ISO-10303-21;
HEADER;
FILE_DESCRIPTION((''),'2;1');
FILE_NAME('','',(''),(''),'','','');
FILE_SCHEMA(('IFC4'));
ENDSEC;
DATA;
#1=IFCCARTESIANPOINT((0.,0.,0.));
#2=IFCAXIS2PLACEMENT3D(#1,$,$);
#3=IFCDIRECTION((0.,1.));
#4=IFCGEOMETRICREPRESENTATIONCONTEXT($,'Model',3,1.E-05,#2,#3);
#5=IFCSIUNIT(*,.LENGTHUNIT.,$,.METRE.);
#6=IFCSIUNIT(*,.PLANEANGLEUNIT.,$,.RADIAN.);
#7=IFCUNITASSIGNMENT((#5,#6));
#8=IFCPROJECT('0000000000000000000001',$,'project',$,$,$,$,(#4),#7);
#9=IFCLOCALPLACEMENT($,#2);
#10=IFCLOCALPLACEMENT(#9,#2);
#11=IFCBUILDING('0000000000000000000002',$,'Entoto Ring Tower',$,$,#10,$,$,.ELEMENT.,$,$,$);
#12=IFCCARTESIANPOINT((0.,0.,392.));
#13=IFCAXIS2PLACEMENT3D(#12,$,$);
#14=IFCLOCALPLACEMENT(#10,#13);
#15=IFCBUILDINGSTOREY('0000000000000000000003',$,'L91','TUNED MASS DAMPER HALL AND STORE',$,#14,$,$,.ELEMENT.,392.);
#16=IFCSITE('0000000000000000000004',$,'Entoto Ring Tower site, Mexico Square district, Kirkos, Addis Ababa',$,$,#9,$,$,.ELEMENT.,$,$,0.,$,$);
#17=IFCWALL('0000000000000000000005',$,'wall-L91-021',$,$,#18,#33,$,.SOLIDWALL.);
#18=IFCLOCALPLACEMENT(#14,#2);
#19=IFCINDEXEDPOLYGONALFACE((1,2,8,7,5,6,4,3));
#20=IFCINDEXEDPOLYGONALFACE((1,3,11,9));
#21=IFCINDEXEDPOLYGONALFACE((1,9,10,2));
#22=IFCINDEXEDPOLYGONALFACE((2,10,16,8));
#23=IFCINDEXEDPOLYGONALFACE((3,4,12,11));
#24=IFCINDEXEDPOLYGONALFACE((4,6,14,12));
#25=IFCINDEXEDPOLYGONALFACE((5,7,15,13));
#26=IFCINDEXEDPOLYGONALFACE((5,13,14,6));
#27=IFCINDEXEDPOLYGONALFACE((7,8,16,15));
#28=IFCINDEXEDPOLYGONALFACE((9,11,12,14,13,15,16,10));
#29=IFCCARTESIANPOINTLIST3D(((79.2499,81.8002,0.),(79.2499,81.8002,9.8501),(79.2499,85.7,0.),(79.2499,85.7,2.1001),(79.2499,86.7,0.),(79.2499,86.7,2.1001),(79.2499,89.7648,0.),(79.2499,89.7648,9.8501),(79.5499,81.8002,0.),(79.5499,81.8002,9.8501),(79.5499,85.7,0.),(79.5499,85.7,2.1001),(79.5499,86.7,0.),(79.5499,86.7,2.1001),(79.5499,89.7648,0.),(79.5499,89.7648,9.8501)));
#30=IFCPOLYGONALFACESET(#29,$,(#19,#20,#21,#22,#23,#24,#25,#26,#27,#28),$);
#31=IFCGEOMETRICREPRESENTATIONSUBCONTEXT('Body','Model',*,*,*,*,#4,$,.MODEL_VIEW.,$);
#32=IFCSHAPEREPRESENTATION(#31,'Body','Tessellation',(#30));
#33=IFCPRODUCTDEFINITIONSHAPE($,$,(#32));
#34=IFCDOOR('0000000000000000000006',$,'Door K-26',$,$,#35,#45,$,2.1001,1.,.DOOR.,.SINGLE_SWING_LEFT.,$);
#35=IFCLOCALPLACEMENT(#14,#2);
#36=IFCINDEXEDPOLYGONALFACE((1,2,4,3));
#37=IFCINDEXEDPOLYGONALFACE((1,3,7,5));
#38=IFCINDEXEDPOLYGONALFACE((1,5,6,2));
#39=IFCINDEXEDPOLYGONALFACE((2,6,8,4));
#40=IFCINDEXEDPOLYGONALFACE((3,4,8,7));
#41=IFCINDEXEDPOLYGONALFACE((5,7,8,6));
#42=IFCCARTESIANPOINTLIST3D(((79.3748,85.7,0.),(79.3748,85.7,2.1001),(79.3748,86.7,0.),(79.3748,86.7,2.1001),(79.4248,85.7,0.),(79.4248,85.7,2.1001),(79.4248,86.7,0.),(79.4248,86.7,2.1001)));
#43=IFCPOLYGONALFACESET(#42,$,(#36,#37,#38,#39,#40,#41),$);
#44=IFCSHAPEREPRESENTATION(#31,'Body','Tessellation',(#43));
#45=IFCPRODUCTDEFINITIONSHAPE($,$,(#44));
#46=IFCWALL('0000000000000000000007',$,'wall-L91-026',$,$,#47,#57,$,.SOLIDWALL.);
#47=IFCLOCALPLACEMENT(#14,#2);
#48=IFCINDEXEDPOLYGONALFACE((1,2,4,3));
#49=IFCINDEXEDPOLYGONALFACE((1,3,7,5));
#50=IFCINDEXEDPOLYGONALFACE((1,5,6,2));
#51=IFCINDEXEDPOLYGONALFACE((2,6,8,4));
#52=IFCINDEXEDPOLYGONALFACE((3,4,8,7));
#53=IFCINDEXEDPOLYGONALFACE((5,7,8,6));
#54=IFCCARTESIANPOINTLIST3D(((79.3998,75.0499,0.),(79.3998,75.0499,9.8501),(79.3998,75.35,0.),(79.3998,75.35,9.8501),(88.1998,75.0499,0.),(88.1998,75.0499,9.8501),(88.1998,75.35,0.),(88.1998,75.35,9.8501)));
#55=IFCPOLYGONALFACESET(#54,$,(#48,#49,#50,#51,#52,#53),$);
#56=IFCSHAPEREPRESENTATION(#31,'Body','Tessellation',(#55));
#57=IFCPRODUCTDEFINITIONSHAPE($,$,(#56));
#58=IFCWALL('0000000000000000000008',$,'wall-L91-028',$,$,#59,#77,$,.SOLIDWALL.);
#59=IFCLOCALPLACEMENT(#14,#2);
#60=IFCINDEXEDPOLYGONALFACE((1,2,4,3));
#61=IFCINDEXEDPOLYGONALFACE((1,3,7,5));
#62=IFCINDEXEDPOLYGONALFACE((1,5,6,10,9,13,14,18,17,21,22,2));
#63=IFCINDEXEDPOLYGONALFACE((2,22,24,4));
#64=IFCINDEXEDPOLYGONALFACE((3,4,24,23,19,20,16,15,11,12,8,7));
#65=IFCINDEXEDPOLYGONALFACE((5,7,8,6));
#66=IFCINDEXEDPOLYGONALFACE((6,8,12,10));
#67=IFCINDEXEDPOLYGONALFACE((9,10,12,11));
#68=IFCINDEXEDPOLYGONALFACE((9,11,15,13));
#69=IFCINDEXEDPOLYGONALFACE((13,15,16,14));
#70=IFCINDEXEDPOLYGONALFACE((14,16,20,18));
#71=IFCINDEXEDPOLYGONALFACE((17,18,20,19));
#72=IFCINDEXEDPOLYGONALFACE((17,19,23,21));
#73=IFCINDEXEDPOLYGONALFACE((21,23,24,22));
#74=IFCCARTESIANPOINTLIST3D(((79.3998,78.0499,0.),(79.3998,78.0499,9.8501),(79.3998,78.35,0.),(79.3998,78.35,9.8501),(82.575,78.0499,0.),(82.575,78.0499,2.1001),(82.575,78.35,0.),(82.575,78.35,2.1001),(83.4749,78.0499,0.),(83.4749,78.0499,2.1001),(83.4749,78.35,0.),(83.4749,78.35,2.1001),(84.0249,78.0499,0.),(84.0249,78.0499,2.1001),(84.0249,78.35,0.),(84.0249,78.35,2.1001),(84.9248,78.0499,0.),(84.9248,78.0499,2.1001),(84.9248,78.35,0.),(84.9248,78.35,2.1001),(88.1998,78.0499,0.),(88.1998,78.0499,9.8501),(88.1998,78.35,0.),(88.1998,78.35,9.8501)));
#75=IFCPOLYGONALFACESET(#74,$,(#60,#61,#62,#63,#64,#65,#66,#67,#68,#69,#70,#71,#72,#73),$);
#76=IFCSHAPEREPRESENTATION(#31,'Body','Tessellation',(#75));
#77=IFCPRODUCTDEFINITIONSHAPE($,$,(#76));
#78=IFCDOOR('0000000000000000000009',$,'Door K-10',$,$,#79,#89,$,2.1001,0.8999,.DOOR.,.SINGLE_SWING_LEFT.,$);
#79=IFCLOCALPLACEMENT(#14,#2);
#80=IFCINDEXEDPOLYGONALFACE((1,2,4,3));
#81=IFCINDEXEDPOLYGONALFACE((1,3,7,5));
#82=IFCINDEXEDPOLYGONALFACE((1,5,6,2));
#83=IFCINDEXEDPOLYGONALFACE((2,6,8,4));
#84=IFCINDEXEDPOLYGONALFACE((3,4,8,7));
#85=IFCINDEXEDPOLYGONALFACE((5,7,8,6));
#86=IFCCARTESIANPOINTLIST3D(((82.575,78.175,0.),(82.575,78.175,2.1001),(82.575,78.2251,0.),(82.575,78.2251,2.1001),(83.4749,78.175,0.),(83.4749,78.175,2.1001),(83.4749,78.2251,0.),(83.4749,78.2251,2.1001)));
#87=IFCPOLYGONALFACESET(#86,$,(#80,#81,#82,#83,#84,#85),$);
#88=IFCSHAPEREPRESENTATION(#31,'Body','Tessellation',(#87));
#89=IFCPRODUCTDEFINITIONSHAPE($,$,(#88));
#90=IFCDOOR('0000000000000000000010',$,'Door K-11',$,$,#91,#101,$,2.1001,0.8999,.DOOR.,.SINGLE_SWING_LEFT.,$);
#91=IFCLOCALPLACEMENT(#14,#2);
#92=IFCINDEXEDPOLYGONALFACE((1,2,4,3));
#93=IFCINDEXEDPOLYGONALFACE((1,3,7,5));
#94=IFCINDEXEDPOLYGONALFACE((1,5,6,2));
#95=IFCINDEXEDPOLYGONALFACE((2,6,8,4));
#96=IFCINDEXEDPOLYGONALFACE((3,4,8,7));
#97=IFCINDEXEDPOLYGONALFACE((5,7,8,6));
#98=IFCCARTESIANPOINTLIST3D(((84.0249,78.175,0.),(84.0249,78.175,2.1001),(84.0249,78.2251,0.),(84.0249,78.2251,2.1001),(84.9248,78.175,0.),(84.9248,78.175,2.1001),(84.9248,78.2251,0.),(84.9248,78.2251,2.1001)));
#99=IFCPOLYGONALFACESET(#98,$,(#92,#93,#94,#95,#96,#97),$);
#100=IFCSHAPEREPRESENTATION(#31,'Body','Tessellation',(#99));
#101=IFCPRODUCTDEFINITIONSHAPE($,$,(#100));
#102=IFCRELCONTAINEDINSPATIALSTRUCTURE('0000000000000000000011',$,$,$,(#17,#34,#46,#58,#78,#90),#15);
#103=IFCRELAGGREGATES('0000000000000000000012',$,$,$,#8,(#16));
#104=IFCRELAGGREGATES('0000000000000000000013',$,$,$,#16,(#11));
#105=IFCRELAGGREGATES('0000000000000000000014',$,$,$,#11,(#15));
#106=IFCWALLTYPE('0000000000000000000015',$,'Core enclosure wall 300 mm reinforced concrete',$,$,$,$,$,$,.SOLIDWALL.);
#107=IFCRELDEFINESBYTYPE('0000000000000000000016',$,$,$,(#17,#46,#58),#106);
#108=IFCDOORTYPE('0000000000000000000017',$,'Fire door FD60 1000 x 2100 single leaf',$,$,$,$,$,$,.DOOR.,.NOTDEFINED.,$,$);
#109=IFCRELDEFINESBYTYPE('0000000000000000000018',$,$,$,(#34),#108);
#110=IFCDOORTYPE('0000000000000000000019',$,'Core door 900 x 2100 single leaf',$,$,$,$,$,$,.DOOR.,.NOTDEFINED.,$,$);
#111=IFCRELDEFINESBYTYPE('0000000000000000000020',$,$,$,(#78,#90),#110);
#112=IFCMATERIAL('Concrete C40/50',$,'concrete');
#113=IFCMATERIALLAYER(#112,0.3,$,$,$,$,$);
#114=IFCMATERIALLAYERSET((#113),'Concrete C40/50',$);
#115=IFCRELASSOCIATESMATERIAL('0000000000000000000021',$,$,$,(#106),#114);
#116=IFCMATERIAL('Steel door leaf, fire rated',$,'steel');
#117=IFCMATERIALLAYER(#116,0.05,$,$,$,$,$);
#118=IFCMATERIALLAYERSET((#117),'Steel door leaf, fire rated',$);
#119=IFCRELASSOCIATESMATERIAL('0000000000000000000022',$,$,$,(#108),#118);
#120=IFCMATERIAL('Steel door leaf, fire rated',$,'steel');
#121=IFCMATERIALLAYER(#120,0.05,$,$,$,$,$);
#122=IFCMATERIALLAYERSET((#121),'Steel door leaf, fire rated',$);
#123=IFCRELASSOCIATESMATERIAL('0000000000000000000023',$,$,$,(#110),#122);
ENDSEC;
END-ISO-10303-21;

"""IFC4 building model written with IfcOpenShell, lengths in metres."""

from ifc_helpers import new_model, si_unit, direction, frame, frame_2d, origin, place, context, subcontext, project, spatial, rectangle, extrude, material, layer, layer_set, type_object, element, fill, save


model = new_model("IFC4")

# Units and contexts
model_context = context("Model", 3, precision=1e-05, world=origin(), true_north=direction((0.0, 1.0)))
body_context = subcontext(model_context, "Body", "Model", "MODEL_VIEW")
ifc_project = project(units=[si_unit("LENGTHUNIT", "METRE"), si_unit("PLANEANGLEUNIT", "RADIAN")], contexts=[model_context])

# Site, building, storey
site_placement = place(None, origin())
site = spatial("IfcSite", under=ifc_project, at=site_placement, Name="Entoto Ring Tower site, Mexico Square district, Kirkos, Addis Ababa", CompositionType="ELEMENT", RefElevation=0.0)
building_placement = place(site_placement, origin())
building = spatial("IfcBuilding", under=site, at=building_placement, Name="Entoto Ring Tower", CompositionType="ELEMENT")
storey_placement = place(building_placement, frame((0.0, 0.0, 392.0)))
storey = spatial("IfcBuildingStorey", under=building, at=storey_placement, Name="L91", Description="TUNED MASS DAMPER HALL AND STORE", CompositionType="ELEMENT", Elevation=392.0)

# Shared definitions
ifc_material_1 = material(Name="Concrete C40/50", Category="concrete")
ifc_layer_1 = layer(ifc_material_1, 0.3)
ifc_layer_set_1 = layer_set([ifc_layer_1], Name="Concrete C40/50")
wall_type = type_object("IfcWallType", Name="Core enclosure wall 300 mm reinforced concrete", PredefinedType="SOLIDWALL", material=ifc_layer_set_1)

# Wall, opening, door
wall_1_placement = place(storey_placement, frame((79.3999, 81.8, 0.0), z_axis=(0.0, 0.0, 1.0), x_axis=(0.0, 1.0, 0.0)))
wall_1 = element("IfcWall", 1, at=wall_1_placement, inside=storey, type_object=wall_type, Name="wall-L91-021", PredefinedType="SOLIDWALL", context=body_context, shape_type="SweptSolid", body=[
    extrude(rectangle(XDim=7.9646, YDim=0.3, at=frame_2d((3.9824, 0.0))), origin(), (0.0, 0.0, 1.0), 9.8501),
])
opening_1_placement = place(wall_1_placement, frame((3.8999, 0.0, 0.0)))
opening_1 = element("IfcOpeningElement", 2, at=opening_1_placement, cuts=wall_1, PredefinedType="OPENING", context=body_context, shape_type="SweptSolid", body=[
    extrude(rectangle(XDim=1.0, YDim=2.1001, at=frame_2d((0.5, 1.05))), frame((0.0, 0.1602, 0.0), z_axis=(0.0, -1.0, 0.0), x_axis=(1.0, 0.0, 0.0)), (0.0, 0.0, 1.0), 0.3201),
])
ifc_material_2 = material(Name="Steel door leaf, fire rated", Category="steel")
ifc_layer_2 = layer(ifc_material_2, 0.05)
ifc_layer_set_2 = layer_set([ifc_layer_2], Name="Steel door leaf, fire rated")
door_type_1 = type_object("IfcDoorType", Name="Fire door FD60 1000 x 2100 single leaf", OperationType="NOTDEFINED", PredefinedType="DOOR", material=ifc_layer_set_2)
door_1_placement = place(opening_1_placement, frame((1.0, 0.0, 0.0), z_axis=(0.0, 0.0, 1.0), x_axis=(-1.0, 0.0, 0.0)))
door_1 = element("IfcDoor", 3, at=door_1_placement, inside=storey, type_object=door_type_1, Name="Door K-26", OperationType="SINGLE_SWING_LEFT", OverallHeight=2.1001, OverallWidth=1.0, PredefinedType="DOOR", context=body_context, shape_type="SweptSolid", body=[
    extrude(rectangle(XDim=1.0, YDim=2.1001, at=frame_2d((0.5, 1.05))), frame((0.0, 0.0249, 0.0), z_axis=(0.0, -1.0, 0.0), x_axis=(1.0, 0.0, 0.0)), (0.0, 0.0, 1.0), 0.05),
])
fill(opening_1, door_1)

# Wall
wall_2_placement = place(storey_placement, frame((79.3999, 75.2, 0.0), z_axis=(0.0, 0.0, 1.0), x_axis=(1.0, 0.0, 0.0)))
element("IfcWall", 4, at=wall_2_placement, inside=storey, type_object=wall_type, Name="wall-L91-026", PredefinedType="SOLIDWALL", context=body_context, shape_type="SweptSolid", body=[
    extrude(rectangle(XDim=8.8, YDim=0.3, at=frame_2d((4.3999, 0.0))), origin(), (0.0, 0.0, 1.0), 9.8501),
])

# Wall, openings, doors
wall_3_placement = place(storey_placement, frame((79.3999, 78.2, 0.0), z_axis=(0.0, 0.0, 1.0), x_axis=(1.0, 0.0, 0.0)))
wall_3 = element("IfcWall", 5, at=wall_3_placement, inside=storey, type_object=wall_type, Name="wall-L91-028", PredefinedType="SOLIDWALL", context=body_context, shape_type="SweptSolid", body=[
    extrude(rectangle(XDim=8.8, YDim=0.3, at=frame_2d((4.3999, 0.0))), origin(), (0.0, 0.0, 1.0), 9.8501),
])
opening_2_placement = place(wall_3_placement, frame((3.175, 0.0, 0.0)))
opening_2 = element("IfcOpeningElement", 6, at=opening_2_placement, cuts=wall_3, PredefinedType="OPENING", context=body_context, shape_type="SweptSolid", body=[
    extrude(rectangle(XDim=0.8999, YDim=2.1001, at=frame_2d((0.45, 1.05))), frame((0.0, 0.1602, 0.0), z_axis=(0.0, -1.0, 0.0), x_axis=(1.0, 0.0, 0.0)), (0.0, 0.0, 1.0), 0.3201),
])
opening_3_placement = place(wall_3_placement, frame((4.625, 0.0, 0.0)))
opening_3 = element("IfcOpeningElement", 7, at=opening_3_placement, cuts=wall_3, PredefinedType="OPENING", context=body_context, shape_type="SweptSolid", body=[
    extrude(rectangle(XDim=0.8999, YDim=2.1001, at=frame_2d((0.45, 1.05))), frame((0.0, 0.1602, 0.0), z_axis=(0.0, -1.0, 0.0), x_axis=(1.0, 0.0, 0.0)), (0.0, 0.0, 1.0), 0.3201),
])
ifc_material_3 = material(Name="Steel door leaf, fire rated", Category="steel")
ifc_layer_3 = layer(ifc_material_3, 0.05)
ifc_layer_set_3 = layer_set([ifc_layer_3], Name="Steel door leaf, fire rated")
door_type_2 = type_object("IfcDoorType", Name="Core door 900 x 2100 single leaf", OperationType="NOTDEFINED", PredefinedType="DOOR", material=ifc_layer_set_3)
door_2_placement = place(opening_2_placement, frame((0.8999, 0.0, 0.0), z_axis=(0.0, 0.0, 1.0), x_axis=(-1.0, 0.0, 0.0)))
door_2 = element("IfcDoor", 8, at=door_2_placement, inside=storey, type_object=door_type_2, Name="Door K-10", OperationType="SINGLE_SWING_LEFT", OverallHeight=2.1001, OverallWidth=0.8999, PredefinedType="DOOR", context=body_context, shape_type="SweptSolid", body=[
    extrude(rectangle(XDim=0.8999, YDim=2.1001, at=frame_2d((0.45, 1.05))), frame((0.0, 0.0249, 0.0), z_axis=(0.0, -1.0, 0.0), x_axis=(1.0, 0.0, 0.0)), (0.0, 0.0, 1.0), 0.05),
])
fill(opening_2, door_2)
door_3_placement = place(opening_3_placement, frame((0.8999, 0.0, 0.0), z_axis=(0.0, 0.0, 1.0), x_axis=(-1.0, 0.0, 0.0)))
door_3 = element("IfcDoor", 9, at=door_3_placement, inside=storey, type_object=door_type_2, Name="Door K-11", OperationType="SINGLE_SWING_LEFT", OverallHeight=2.1001, OverallWidth=0.8999, PredefinedType="DOOR", context=body_context, shape_type="SweptSolid", body=[
    extrude(rectangle(XDim=0.8999, YDim=2.1001, at=frame_2d((0.45, 1.05))), frame((0.0, 0.0249, 0.0), z_axis=(0.0, -1.0, 0.0), x_axis=(1.0, 0.0, 0.0)), (0.0, 0.0, 1.0), 0.05),
])
fill(opening_3, door_3)

save(model, "model.ifc")
